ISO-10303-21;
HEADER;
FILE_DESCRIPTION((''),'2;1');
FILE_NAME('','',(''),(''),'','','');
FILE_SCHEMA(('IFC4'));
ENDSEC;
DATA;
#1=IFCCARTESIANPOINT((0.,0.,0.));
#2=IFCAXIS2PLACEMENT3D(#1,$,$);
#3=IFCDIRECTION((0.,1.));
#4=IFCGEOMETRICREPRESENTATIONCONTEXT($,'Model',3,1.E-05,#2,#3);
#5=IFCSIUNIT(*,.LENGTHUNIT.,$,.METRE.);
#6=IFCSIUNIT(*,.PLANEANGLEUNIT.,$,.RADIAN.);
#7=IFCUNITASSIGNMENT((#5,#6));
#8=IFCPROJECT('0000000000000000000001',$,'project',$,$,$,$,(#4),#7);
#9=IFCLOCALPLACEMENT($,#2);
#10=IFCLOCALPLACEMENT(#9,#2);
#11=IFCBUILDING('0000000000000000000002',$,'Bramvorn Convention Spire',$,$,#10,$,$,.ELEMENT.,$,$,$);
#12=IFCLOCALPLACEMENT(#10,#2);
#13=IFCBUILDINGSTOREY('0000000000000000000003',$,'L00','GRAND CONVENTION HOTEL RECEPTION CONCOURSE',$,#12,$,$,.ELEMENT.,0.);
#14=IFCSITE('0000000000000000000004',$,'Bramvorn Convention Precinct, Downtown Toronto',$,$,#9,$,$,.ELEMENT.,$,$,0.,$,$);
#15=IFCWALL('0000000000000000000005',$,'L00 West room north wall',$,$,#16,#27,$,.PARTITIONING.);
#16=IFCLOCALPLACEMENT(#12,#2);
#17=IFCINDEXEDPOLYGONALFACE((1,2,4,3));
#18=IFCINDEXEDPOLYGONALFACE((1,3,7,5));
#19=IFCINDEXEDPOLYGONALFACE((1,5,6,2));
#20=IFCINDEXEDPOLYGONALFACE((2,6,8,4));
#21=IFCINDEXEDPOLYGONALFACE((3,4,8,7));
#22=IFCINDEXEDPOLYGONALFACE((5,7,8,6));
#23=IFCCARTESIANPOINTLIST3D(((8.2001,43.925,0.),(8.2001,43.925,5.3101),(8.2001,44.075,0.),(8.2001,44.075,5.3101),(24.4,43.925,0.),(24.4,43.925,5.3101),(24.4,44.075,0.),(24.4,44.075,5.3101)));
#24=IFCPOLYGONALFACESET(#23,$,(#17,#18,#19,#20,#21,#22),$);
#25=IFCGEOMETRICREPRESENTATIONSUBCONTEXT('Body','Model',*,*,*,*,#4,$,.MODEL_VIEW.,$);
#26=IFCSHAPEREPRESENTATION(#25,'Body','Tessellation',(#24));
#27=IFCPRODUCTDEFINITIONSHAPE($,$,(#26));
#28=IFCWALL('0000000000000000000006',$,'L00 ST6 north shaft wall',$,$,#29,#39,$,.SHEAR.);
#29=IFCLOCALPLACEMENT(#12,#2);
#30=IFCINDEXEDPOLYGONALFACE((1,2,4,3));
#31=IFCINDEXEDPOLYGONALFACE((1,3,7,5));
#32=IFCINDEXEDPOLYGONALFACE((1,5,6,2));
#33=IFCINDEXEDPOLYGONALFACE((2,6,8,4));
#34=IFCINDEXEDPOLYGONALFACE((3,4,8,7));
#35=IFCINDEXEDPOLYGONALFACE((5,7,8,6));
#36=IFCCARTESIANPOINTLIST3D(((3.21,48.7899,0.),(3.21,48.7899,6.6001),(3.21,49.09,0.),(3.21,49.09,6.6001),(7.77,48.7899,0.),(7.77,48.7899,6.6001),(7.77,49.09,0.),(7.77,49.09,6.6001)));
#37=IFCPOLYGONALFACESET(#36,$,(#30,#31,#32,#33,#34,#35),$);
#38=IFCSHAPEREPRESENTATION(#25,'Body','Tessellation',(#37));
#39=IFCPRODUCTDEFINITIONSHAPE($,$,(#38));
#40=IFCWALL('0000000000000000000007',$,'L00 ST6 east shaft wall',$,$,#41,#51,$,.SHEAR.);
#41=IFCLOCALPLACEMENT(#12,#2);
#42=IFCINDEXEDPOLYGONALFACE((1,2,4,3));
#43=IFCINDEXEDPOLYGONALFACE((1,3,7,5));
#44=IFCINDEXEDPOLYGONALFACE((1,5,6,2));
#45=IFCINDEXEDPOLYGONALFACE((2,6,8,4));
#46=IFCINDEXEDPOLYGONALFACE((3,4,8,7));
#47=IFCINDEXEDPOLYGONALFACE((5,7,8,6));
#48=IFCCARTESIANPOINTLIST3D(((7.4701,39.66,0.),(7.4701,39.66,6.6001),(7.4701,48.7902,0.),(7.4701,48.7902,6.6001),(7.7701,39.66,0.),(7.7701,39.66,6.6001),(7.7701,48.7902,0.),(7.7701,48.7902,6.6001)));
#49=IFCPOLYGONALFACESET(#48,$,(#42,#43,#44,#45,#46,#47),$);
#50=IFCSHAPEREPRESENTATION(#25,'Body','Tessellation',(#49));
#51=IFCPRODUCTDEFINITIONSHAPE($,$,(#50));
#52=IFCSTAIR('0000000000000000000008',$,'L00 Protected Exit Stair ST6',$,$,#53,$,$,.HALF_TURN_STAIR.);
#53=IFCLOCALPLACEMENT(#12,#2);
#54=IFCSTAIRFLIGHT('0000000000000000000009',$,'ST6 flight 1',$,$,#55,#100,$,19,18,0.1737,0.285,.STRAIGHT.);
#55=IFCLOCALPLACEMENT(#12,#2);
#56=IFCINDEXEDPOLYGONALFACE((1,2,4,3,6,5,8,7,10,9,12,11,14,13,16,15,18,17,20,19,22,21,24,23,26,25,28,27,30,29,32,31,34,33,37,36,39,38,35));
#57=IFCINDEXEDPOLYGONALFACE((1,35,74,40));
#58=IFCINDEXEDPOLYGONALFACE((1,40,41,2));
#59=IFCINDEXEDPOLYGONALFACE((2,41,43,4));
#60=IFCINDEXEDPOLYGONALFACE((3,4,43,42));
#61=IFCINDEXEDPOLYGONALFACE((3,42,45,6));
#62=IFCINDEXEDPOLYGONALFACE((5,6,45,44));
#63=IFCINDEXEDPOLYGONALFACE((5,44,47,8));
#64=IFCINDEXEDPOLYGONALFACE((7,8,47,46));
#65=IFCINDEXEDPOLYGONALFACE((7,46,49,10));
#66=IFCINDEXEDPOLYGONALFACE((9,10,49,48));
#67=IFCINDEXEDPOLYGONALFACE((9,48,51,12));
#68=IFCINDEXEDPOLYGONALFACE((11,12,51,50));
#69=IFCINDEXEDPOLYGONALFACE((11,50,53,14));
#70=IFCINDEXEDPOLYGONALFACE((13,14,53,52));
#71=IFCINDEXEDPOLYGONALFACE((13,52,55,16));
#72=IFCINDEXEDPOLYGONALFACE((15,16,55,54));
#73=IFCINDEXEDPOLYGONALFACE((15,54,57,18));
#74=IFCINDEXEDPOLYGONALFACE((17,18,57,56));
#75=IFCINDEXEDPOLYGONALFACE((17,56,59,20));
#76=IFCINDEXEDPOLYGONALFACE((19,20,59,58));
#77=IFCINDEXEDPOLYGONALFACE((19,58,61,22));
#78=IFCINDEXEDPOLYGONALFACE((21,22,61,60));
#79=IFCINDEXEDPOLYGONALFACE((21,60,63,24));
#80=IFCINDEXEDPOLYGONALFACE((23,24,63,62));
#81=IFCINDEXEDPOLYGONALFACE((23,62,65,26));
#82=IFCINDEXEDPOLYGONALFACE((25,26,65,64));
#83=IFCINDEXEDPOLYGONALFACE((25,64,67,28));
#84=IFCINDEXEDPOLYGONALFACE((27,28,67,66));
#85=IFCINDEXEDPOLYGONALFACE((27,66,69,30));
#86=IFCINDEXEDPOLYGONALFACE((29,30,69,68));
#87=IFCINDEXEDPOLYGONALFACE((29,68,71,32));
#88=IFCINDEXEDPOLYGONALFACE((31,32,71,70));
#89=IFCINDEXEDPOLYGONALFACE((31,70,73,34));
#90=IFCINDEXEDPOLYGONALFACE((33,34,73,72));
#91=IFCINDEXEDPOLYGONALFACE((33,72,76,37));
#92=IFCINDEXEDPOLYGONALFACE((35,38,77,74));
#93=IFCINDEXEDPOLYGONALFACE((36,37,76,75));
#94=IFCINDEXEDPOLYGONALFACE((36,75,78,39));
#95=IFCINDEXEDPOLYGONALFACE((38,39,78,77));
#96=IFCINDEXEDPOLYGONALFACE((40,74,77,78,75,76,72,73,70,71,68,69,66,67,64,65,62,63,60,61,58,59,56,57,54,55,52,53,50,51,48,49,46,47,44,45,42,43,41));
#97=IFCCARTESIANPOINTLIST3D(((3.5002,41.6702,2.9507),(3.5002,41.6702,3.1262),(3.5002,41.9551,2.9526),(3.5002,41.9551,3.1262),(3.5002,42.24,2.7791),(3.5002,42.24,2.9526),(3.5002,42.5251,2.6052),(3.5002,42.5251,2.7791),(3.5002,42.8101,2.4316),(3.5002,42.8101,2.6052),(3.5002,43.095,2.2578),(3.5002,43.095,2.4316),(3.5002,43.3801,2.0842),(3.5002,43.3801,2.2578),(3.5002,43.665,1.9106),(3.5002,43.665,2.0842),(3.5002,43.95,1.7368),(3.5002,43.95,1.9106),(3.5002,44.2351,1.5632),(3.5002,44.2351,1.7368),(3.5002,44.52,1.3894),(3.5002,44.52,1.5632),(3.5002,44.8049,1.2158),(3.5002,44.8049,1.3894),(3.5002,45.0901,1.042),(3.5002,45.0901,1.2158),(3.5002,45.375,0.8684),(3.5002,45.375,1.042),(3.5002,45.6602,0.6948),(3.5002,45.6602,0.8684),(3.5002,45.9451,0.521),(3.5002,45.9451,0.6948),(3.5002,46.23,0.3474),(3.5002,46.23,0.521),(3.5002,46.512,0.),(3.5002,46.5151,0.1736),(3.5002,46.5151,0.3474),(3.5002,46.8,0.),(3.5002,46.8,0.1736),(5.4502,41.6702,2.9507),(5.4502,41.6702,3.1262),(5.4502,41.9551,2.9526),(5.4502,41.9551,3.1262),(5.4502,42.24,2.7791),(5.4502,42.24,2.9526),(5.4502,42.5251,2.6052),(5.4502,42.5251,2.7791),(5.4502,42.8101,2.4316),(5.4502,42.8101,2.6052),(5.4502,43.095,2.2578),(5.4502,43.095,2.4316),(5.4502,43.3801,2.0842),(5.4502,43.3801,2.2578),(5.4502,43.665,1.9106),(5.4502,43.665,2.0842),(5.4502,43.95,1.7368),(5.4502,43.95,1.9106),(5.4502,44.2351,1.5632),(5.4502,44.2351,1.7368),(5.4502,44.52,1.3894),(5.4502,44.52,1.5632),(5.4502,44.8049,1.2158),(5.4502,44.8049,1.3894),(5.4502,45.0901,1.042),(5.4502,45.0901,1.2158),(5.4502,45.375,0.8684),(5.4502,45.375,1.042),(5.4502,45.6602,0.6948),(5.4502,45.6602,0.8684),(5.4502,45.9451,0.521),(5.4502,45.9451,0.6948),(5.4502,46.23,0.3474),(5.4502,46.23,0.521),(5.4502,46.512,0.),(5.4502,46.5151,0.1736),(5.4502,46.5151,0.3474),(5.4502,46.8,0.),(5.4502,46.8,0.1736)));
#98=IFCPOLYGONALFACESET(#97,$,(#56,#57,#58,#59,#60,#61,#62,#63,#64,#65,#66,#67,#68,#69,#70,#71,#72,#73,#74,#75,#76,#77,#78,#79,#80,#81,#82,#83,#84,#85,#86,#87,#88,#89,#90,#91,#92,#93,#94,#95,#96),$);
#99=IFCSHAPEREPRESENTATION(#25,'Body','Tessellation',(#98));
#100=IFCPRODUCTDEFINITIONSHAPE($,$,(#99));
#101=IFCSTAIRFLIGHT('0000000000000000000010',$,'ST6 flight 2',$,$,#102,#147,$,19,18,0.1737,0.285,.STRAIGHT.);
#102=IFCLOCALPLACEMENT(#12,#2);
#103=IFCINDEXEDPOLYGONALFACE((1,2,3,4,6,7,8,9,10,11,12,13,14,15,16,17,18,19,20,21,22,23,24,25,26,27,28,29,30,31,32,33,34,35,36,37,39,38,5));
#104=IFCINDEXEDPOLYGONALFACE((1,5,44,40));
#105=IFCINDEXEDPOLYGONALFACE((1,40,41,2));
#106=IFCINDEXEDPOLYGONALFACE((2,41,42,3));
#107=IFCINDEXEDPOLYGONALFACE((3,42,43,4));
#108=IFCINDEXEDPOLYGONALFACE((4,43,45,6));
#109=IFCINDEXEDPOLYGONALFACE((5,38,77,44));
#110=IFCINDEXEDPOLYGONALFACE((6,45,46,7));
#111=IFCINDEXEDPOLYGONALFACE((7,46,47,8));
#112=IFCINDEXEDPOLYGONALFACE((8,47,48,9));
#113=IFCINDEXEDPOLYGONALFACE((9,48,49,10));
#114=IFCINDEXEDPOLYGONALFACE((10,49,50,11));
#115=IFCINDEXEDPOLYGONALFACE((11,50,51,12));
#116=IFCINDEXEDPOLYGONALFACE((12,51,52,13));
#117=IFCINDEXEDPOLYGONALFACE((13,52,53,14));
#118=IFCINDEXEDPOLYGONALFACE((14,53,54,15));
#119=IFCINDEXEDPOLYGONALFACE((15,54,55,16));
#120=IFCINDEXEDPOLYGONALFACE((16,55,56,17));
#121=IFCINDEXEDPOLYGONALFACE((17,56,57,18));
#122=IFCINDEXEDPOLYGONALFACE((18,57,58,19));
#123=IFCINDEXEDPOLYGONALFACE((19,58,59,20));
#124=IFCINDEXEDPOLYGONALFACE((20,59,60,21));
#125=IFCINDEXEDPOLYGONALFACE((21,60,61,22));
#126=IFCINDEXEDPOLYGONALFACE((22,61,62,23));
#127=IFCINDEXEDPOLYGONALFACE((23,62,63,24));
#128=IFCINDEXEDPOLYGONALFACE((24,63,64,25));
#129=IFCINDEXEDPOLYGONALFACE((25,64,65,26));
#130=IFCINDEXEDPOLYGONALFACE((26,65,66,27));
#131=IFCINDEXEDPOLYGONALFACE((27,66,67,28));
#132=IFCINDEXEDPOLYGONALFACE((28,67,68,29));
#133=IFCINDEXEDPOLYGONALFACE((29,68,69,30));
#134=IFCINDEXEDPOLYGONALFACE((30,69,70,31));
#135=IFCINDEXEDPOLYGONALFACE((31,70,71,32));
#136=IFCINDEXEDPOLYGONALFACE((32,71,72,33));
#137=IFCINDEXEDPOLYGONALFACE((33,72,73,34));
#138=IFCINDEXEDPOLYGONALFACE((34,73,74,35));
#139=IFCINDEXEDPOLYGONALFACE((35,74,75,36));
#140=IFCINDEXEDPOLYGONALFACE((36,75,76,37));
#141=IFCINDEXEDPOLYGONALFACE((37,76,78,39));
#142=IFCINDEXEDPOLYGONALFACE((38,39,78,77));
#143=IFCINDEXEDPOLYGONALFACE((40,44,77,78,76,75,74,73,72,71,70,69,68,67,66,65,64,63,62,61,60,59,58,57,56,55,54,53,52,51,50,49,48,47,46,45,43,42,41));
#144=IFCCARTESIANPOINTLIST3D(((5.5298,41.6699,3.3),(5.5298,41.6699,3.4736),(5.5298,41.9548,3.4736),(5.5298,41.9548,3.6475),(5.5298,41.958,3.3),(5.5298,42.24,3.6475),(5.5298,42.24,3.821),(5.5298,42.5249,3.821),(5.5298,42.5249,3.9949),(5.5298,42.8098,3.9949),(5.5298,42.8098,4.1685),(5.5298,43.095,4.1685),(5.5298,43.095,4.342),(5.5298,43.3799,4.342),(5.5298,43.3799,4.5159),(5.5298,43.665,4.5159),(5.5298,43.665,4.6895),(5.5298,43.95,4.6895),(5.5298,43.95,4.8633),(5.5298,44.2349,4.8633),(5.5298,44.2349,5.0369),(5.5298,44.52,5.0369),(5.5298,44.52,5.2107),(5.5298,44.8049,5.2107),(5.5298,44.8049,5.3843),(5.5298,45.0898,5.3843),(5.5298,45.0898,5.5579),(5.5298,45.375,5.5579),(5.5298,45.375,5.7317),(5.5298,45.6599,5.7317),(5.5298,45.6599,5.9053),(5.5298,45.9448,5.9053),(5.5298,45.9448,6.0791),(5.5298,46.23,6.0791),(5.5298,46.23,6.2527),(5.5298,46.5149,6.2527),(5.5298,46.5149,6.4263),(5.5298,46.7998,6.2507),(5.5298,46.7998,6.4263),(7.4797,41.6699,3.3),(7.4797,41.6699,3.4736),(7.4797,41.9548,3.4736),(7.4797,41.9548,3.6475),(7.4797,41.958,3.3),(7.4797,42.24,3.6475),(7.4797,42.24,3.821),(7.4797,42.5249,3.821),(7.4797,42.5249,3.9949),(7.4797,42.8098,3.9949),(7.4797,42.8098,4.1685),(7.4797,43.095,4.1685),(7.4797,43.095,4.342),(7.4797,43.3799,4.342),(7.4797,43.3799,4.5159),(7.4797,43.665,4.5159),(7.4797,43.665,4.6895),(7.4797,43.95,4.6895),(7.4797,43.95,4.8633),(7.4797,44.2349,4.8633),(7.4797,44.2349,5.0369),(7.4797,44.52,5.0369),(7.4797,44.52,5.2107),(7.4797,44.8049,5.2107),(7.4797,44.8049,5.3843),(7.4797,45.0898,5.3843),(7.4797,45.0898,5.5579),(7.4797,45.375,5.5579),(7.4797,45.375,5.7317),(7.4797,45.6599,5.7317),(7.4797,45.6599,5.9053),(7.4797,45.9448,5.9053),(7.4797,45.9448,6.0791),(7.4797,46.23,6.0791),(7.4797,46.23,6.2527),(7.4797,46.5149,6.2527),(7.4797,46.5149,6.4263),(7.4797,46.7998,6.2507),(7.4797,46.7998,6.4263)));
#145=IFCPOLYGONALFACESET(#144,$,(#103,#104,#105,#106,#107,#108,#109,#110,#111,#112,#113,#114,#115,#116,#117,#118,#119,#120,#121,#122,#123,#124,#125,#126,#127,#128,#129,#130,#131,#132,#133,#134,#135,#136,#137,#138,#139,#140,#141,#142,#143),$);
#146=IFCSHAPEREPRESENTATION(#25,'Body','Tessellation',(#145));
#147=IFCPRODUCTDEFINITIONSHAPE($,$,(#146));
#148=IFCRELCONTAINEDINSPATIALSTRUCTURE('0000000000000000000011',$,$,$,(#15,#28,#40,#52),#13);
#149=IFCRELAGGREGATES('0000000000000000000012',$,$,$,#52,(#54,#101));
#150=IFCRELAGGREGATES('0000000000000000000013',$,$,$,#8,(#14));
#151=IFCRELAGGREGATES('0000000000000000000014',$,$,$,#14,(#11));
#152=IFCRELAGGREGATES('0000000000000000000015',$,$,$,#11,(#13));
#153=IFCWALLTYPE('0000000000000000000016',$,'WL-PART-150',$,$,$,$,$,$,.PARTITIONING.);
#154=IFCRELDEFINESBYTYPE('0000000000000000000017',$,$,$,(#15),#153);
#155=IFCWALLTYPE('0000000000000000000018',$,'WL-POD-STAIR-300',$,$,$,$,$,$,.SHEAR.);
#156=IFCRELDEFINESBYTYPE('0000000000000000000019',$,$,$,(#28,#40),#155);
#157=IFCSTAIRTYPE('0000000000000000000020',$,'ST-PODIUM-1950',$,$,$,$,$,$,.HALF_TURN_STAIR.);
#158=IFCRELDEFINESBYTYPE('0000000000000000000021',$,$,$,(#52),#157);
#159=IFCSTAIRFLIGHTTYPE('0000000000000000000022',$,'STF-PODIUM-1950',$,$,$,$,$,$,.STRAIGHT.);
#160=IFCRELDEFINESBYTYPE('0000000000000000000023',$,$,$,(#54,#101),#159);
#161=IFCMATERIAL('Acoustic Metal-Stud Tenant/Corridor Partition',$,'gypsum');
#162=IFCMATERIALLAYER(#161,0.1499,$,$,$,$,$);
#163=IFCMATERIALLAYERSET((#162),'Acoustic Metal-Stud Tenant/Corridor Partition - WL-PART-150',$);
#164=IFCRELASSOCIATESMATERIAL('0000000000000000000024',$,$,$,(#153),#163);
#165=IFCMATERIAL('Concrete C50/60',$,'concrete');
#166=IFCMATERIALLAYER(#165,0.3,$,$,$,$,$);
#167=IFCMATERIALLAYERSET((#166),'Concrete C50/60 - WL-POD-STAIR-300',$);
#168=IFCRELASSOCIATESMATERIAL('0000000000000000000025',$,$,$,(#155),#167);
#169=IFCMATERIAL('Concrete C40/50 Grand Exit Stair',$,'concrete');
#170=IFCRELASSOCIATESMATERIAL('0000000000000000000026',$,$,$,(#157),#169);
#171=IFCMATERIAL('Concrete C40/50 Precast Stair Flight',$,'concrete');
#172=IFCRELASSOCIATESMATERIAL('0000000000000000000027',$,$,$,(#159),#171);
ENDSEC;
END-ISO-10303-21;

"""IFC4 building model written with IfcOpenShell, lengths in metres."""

from ifc_helpers import new_model, si_unit, direction, frame, frame_2d, origin, place, context, subcontext, project, spatial, polyline, rectangle, outline, extrude, material, layer, layer_set, type_object, element, aggregate, save


model = new_model("IFC4")

# Units and contexts
model_context = context("Model", 3, precision=1e-05, world=origin(), true_north=direction((0.0, 1.0)))
body_context = subcontext(model_context, "Body", "Model", "MODEL_VIEW")
ifc_project = project(units=[si_unit("LENGTHUNIT", "METRE"), si_unit("PLANEANGLEUNIT", "RADIAN")], contexts=[model_context])

# Site, building, storey
site_placement = place(None, origin())
site = spatial("IfcSite", under=ifc_project, at=site_placement, Name="Bramvorn Convention Precinct, Downtown Toronto", CompositionType="ELEMENT", RefElevation=0.0)
building_placement = place(site_placement, origin())
building = spatial("IfcBuilding", under=site, at=building_placement, Name="Bramvorn Convention Spire", CompositionType="ELEMENT")
storey_placement = place(building_placement, origin())
storey = spatial("IfcBuildingStorey", under=building, at=storey_placement, Name="L00", Description="GRAND CONVENTION HOTEL RECEPTION CONCOURSE", CompositionType="ELEMENT", Elevation=0.0)

# Walls
ifc_material_1 = material(Name="Acoustic Metal-Stud Tenant/Corridor Partition", Category="gypsum")
ifc_layer_1 = layer(ifc_material_1, 0.1499)
ifc_layer_set_1 = layer_set([ifc_layer_1], Name="Acoustic Metal-Stud Tenant/Corridor Partition - WL-PART-150")
wall_type_1 = type_object("IfcWallType", Name="WL-PART-150", PredefinedType="PARTITIONING", material=ifc_layer_set_1)
wall_1_placement = place(storey_placement, frame((8.2, 44.0, 0.0), z_axis=(0.0, 0.0, 1.0), x_axis=(1.0, 0.0, 0.0)))
element("IfcWall", 1, at=wall_1_placement, inside=storey, type_object=wall_type_1, Name="L00 West room north wall", PredefinedType="PARTITIONING", context=body_context, shape_type="SweptSolid", body=[
    extrude(rectangle(XDim=16.2, YDim=0.1499, at=frame_2d((8.1001, 0.0))), origin(), (0.0, 0.0, 1.0), 5.3101),
])
ifc_material_2 = material(Name="Concrete C50/60", Category="concrete")
ifc_layer_2 = layer(ifc_material_2, 0.3)
ifc_layer_set_2 = layer_set([ifc_layer_2], Name="Concrete C50/60 - WL-POD-STAIR-300")
wall_type_2 = type_object("IfcWallType", Name="WL-POD-STAIR-300", PredefinedType="SHEAR", material=ifc_layer_set_2)
wall_2_placement = place(storey_placement, frame((3.21, 48.9399, 0.0), z_axis=(0.0, 0.0, 1.0), x_axis=(1.0, 0.0, 0.0)))
element("IfcWall", 2, at=wall_2_placement, inside=storey, type_object=wall_type_2, Name="L00 ST6 north shaft wall", PredefinedType="SHEAR", context=body_context, shape_type="SweptSolid", body=[
    extrude(rectangle(XDim=4.5601, YDim=0.3, at=frame_2d((2.28, 0.0))), origin(), (0.0, 0.0, 1.0), 6.6001),
])
wall_3_placement = place(storey_placement, frame((7.6201, 48.79, 0.0), z_axis=(0.0, 0.0, 1.0), x_axis=(0.0, -1.0, 0.0)))
element("IfcWall", 3, at=wall_3_placement, inside=storey, type_object=wall_type_2, Name="L00 ST6 east shaft wall", PredefinedType="SHEAR", context=body_context, shape_type="SweptSolid", body=[
    extrude(rectangle(XDim=9.1301, YDim=0.3, at=frame_2d((4.5649, 0.0))), origin(), (0.0, 0.0, 1.0), 6.6001),
])

# Stair, stair flights
ifc_material_3 = material(Name="Concrete C40/50 Grand Exit Stair", Category="concrete")
stair_type = type_object("IfcStairType", Name="ST-PODIUM-1950", PredefinedType="HALF_TURN_STAIR", material=ifc_material_3)
stair_placement = place(storey_placement, origin())
stair = element("IfcStair", 4, at=stair_placement, inside=storey, type_object=stair_type, Name="L00 Protected Exit Stair ST6", PredefinedType="HALF_TURN_STAIR")
ifc_material_4 = material(Name="Concrete C40/50 Precast Stair Flight", Category="concrete")
stair_flight_type = type_object("IfcStairFlightType", Name="STF-PODIUM-1950", PredefinedType="STRAIGHT", material=ifc_material_4)
stair_flight_1_placement = place(storey_placement, frame((4.4751, 46.8, 0.0), z_axis=(0.0, 0.0, 1.0), x_axis=(0.0, -1.0, 0.0)))
stair_flight_1 = element("IfcStairFlight", 5, at=stair_flight_1_placement, type_object=stair_flight_type, Name="ST6 flight 1", NumberOfRisers=19, NumberOfTreads=18, PredefinedType="STRAIGHT", RiserHeight=0.1737, TreadLength=0.285, context=body_context, shape_type="SweptSolid", body=[
    extrude(outline(polyline([(0.0, 0.0), (0.0, 0.1736), (0.2849, 0.1736), (0.2849, 0.3474), (0.5701, 0.3474), (0.5701, 0.521), (0.855, 0.521), (0.855, 0.6948), (1.1399, 0.6948), (1.1399, 0.8684), (1.425, 0.8684), (1.425, 1.042), (1.71, 1.042), (1.71, 1.2158), (1.9951, 1.2158), (1.9951, 1.3894), (2.28, 1.3894), (2.28, 1.5632), (2.5649, 1.5632), (2.5649, 1.7368), (2.8501, 1.7368), (2.8501, 1.9106), (3.135, 1.9106), (3.135, 2.0842), (3.4199, 2.0842), (3.4199, 2.2578), (3.7051, 2.2578), (3.7051, 2.4316), (3.99, 2.4316), (3.99, 2.6052), (4.2749, 2.6052), (4.2749, 2.7791), (4.5601, 2.7791), (4.5601, 2.9526), (4.845, 2.9526), (4.845, 3.1262), (5.1299, 3.1262), (5.1299, 3.3), (5.1299, 2.9507), (0.2881, 0.0), (0.0, 0.0)])), frame((0.0, 0.9751, 0.0), z_axis=(0.0, -1.0, 0.0), x_axis=(1.0, 0.0, 0.0)), (0.0, 0.0, 1.0), 1.95),
])
stair_flight_2_placement = place(storey_placement, frame((6.5049, 41.6699, 3.3), z_axis=(0.0, 0.0, 1.0), x_axis=(0.0, 1.0, 0.0)))
stair_flight_2 = element("IfcStairFlight", 6, at=stair_flight_2_placement, type_object=stair_flight_type, Name="ST6 flight 2", NumberOfRisers=19, NumberOfTreads=18, PredefinedType="STRAIGHT", RiserHeight=0.1737, TreadLength=0.285, context=body_context, shape_type="SweptSolid", body=[
    extrude(outline(polyline([(0.0, 0.0), (0.0, 0.1736), (0.2849, 0.1736), (0.2849, 0.3474), (0.5701, 0.3474), (0.5701, 0.521), (0.855, 0.521), (0.855, 0.6948), (1.1399, 0.6948), (1.1399, 0.8684), (1.425, 0.8684), (1.425, 1.042), (1.71, 1.042), (1.71, 1.2158), (1.9951, 1.2158), (1.9951, 1.3894), (2.28, 1.3894), (2.28, 1.5632), (2.5649, 1.5632), (2.5649, 1.7368), (2.8501, 1.7368), (2.8501, 1.9106), (3.135, 1.9106), (3.135, 2.0842), (3.4199, 2.0842), (3.4199, 2.2578), (3.7051, 2.2578), (3.7051, 2.4316), (3.99, 2.4316), (3.99, 2.6052), (4.2749, 2.6052), (4.2749, 2.7791), (4.5601, 2.7791), (4.5601, 2.9526), (4.845, 2.9526), (4.845, 3.1262), (5.1299, 3.1262), (5.1299, 3.3), (5.1299, 2.9507), (0.2881, 0.0), (0.0, 0.0)])), frame((0.0, 0.9751, 0.0), z_axis=(0.0, -1.0, 0.0), x_axis=(1.0, 0.0, 0.0)), (0.0, 0.0, 1.0), 1.95),
])
aggregate(stair, [stair_flight_1, stair_flight_2])

save(model, "model.ifc")
